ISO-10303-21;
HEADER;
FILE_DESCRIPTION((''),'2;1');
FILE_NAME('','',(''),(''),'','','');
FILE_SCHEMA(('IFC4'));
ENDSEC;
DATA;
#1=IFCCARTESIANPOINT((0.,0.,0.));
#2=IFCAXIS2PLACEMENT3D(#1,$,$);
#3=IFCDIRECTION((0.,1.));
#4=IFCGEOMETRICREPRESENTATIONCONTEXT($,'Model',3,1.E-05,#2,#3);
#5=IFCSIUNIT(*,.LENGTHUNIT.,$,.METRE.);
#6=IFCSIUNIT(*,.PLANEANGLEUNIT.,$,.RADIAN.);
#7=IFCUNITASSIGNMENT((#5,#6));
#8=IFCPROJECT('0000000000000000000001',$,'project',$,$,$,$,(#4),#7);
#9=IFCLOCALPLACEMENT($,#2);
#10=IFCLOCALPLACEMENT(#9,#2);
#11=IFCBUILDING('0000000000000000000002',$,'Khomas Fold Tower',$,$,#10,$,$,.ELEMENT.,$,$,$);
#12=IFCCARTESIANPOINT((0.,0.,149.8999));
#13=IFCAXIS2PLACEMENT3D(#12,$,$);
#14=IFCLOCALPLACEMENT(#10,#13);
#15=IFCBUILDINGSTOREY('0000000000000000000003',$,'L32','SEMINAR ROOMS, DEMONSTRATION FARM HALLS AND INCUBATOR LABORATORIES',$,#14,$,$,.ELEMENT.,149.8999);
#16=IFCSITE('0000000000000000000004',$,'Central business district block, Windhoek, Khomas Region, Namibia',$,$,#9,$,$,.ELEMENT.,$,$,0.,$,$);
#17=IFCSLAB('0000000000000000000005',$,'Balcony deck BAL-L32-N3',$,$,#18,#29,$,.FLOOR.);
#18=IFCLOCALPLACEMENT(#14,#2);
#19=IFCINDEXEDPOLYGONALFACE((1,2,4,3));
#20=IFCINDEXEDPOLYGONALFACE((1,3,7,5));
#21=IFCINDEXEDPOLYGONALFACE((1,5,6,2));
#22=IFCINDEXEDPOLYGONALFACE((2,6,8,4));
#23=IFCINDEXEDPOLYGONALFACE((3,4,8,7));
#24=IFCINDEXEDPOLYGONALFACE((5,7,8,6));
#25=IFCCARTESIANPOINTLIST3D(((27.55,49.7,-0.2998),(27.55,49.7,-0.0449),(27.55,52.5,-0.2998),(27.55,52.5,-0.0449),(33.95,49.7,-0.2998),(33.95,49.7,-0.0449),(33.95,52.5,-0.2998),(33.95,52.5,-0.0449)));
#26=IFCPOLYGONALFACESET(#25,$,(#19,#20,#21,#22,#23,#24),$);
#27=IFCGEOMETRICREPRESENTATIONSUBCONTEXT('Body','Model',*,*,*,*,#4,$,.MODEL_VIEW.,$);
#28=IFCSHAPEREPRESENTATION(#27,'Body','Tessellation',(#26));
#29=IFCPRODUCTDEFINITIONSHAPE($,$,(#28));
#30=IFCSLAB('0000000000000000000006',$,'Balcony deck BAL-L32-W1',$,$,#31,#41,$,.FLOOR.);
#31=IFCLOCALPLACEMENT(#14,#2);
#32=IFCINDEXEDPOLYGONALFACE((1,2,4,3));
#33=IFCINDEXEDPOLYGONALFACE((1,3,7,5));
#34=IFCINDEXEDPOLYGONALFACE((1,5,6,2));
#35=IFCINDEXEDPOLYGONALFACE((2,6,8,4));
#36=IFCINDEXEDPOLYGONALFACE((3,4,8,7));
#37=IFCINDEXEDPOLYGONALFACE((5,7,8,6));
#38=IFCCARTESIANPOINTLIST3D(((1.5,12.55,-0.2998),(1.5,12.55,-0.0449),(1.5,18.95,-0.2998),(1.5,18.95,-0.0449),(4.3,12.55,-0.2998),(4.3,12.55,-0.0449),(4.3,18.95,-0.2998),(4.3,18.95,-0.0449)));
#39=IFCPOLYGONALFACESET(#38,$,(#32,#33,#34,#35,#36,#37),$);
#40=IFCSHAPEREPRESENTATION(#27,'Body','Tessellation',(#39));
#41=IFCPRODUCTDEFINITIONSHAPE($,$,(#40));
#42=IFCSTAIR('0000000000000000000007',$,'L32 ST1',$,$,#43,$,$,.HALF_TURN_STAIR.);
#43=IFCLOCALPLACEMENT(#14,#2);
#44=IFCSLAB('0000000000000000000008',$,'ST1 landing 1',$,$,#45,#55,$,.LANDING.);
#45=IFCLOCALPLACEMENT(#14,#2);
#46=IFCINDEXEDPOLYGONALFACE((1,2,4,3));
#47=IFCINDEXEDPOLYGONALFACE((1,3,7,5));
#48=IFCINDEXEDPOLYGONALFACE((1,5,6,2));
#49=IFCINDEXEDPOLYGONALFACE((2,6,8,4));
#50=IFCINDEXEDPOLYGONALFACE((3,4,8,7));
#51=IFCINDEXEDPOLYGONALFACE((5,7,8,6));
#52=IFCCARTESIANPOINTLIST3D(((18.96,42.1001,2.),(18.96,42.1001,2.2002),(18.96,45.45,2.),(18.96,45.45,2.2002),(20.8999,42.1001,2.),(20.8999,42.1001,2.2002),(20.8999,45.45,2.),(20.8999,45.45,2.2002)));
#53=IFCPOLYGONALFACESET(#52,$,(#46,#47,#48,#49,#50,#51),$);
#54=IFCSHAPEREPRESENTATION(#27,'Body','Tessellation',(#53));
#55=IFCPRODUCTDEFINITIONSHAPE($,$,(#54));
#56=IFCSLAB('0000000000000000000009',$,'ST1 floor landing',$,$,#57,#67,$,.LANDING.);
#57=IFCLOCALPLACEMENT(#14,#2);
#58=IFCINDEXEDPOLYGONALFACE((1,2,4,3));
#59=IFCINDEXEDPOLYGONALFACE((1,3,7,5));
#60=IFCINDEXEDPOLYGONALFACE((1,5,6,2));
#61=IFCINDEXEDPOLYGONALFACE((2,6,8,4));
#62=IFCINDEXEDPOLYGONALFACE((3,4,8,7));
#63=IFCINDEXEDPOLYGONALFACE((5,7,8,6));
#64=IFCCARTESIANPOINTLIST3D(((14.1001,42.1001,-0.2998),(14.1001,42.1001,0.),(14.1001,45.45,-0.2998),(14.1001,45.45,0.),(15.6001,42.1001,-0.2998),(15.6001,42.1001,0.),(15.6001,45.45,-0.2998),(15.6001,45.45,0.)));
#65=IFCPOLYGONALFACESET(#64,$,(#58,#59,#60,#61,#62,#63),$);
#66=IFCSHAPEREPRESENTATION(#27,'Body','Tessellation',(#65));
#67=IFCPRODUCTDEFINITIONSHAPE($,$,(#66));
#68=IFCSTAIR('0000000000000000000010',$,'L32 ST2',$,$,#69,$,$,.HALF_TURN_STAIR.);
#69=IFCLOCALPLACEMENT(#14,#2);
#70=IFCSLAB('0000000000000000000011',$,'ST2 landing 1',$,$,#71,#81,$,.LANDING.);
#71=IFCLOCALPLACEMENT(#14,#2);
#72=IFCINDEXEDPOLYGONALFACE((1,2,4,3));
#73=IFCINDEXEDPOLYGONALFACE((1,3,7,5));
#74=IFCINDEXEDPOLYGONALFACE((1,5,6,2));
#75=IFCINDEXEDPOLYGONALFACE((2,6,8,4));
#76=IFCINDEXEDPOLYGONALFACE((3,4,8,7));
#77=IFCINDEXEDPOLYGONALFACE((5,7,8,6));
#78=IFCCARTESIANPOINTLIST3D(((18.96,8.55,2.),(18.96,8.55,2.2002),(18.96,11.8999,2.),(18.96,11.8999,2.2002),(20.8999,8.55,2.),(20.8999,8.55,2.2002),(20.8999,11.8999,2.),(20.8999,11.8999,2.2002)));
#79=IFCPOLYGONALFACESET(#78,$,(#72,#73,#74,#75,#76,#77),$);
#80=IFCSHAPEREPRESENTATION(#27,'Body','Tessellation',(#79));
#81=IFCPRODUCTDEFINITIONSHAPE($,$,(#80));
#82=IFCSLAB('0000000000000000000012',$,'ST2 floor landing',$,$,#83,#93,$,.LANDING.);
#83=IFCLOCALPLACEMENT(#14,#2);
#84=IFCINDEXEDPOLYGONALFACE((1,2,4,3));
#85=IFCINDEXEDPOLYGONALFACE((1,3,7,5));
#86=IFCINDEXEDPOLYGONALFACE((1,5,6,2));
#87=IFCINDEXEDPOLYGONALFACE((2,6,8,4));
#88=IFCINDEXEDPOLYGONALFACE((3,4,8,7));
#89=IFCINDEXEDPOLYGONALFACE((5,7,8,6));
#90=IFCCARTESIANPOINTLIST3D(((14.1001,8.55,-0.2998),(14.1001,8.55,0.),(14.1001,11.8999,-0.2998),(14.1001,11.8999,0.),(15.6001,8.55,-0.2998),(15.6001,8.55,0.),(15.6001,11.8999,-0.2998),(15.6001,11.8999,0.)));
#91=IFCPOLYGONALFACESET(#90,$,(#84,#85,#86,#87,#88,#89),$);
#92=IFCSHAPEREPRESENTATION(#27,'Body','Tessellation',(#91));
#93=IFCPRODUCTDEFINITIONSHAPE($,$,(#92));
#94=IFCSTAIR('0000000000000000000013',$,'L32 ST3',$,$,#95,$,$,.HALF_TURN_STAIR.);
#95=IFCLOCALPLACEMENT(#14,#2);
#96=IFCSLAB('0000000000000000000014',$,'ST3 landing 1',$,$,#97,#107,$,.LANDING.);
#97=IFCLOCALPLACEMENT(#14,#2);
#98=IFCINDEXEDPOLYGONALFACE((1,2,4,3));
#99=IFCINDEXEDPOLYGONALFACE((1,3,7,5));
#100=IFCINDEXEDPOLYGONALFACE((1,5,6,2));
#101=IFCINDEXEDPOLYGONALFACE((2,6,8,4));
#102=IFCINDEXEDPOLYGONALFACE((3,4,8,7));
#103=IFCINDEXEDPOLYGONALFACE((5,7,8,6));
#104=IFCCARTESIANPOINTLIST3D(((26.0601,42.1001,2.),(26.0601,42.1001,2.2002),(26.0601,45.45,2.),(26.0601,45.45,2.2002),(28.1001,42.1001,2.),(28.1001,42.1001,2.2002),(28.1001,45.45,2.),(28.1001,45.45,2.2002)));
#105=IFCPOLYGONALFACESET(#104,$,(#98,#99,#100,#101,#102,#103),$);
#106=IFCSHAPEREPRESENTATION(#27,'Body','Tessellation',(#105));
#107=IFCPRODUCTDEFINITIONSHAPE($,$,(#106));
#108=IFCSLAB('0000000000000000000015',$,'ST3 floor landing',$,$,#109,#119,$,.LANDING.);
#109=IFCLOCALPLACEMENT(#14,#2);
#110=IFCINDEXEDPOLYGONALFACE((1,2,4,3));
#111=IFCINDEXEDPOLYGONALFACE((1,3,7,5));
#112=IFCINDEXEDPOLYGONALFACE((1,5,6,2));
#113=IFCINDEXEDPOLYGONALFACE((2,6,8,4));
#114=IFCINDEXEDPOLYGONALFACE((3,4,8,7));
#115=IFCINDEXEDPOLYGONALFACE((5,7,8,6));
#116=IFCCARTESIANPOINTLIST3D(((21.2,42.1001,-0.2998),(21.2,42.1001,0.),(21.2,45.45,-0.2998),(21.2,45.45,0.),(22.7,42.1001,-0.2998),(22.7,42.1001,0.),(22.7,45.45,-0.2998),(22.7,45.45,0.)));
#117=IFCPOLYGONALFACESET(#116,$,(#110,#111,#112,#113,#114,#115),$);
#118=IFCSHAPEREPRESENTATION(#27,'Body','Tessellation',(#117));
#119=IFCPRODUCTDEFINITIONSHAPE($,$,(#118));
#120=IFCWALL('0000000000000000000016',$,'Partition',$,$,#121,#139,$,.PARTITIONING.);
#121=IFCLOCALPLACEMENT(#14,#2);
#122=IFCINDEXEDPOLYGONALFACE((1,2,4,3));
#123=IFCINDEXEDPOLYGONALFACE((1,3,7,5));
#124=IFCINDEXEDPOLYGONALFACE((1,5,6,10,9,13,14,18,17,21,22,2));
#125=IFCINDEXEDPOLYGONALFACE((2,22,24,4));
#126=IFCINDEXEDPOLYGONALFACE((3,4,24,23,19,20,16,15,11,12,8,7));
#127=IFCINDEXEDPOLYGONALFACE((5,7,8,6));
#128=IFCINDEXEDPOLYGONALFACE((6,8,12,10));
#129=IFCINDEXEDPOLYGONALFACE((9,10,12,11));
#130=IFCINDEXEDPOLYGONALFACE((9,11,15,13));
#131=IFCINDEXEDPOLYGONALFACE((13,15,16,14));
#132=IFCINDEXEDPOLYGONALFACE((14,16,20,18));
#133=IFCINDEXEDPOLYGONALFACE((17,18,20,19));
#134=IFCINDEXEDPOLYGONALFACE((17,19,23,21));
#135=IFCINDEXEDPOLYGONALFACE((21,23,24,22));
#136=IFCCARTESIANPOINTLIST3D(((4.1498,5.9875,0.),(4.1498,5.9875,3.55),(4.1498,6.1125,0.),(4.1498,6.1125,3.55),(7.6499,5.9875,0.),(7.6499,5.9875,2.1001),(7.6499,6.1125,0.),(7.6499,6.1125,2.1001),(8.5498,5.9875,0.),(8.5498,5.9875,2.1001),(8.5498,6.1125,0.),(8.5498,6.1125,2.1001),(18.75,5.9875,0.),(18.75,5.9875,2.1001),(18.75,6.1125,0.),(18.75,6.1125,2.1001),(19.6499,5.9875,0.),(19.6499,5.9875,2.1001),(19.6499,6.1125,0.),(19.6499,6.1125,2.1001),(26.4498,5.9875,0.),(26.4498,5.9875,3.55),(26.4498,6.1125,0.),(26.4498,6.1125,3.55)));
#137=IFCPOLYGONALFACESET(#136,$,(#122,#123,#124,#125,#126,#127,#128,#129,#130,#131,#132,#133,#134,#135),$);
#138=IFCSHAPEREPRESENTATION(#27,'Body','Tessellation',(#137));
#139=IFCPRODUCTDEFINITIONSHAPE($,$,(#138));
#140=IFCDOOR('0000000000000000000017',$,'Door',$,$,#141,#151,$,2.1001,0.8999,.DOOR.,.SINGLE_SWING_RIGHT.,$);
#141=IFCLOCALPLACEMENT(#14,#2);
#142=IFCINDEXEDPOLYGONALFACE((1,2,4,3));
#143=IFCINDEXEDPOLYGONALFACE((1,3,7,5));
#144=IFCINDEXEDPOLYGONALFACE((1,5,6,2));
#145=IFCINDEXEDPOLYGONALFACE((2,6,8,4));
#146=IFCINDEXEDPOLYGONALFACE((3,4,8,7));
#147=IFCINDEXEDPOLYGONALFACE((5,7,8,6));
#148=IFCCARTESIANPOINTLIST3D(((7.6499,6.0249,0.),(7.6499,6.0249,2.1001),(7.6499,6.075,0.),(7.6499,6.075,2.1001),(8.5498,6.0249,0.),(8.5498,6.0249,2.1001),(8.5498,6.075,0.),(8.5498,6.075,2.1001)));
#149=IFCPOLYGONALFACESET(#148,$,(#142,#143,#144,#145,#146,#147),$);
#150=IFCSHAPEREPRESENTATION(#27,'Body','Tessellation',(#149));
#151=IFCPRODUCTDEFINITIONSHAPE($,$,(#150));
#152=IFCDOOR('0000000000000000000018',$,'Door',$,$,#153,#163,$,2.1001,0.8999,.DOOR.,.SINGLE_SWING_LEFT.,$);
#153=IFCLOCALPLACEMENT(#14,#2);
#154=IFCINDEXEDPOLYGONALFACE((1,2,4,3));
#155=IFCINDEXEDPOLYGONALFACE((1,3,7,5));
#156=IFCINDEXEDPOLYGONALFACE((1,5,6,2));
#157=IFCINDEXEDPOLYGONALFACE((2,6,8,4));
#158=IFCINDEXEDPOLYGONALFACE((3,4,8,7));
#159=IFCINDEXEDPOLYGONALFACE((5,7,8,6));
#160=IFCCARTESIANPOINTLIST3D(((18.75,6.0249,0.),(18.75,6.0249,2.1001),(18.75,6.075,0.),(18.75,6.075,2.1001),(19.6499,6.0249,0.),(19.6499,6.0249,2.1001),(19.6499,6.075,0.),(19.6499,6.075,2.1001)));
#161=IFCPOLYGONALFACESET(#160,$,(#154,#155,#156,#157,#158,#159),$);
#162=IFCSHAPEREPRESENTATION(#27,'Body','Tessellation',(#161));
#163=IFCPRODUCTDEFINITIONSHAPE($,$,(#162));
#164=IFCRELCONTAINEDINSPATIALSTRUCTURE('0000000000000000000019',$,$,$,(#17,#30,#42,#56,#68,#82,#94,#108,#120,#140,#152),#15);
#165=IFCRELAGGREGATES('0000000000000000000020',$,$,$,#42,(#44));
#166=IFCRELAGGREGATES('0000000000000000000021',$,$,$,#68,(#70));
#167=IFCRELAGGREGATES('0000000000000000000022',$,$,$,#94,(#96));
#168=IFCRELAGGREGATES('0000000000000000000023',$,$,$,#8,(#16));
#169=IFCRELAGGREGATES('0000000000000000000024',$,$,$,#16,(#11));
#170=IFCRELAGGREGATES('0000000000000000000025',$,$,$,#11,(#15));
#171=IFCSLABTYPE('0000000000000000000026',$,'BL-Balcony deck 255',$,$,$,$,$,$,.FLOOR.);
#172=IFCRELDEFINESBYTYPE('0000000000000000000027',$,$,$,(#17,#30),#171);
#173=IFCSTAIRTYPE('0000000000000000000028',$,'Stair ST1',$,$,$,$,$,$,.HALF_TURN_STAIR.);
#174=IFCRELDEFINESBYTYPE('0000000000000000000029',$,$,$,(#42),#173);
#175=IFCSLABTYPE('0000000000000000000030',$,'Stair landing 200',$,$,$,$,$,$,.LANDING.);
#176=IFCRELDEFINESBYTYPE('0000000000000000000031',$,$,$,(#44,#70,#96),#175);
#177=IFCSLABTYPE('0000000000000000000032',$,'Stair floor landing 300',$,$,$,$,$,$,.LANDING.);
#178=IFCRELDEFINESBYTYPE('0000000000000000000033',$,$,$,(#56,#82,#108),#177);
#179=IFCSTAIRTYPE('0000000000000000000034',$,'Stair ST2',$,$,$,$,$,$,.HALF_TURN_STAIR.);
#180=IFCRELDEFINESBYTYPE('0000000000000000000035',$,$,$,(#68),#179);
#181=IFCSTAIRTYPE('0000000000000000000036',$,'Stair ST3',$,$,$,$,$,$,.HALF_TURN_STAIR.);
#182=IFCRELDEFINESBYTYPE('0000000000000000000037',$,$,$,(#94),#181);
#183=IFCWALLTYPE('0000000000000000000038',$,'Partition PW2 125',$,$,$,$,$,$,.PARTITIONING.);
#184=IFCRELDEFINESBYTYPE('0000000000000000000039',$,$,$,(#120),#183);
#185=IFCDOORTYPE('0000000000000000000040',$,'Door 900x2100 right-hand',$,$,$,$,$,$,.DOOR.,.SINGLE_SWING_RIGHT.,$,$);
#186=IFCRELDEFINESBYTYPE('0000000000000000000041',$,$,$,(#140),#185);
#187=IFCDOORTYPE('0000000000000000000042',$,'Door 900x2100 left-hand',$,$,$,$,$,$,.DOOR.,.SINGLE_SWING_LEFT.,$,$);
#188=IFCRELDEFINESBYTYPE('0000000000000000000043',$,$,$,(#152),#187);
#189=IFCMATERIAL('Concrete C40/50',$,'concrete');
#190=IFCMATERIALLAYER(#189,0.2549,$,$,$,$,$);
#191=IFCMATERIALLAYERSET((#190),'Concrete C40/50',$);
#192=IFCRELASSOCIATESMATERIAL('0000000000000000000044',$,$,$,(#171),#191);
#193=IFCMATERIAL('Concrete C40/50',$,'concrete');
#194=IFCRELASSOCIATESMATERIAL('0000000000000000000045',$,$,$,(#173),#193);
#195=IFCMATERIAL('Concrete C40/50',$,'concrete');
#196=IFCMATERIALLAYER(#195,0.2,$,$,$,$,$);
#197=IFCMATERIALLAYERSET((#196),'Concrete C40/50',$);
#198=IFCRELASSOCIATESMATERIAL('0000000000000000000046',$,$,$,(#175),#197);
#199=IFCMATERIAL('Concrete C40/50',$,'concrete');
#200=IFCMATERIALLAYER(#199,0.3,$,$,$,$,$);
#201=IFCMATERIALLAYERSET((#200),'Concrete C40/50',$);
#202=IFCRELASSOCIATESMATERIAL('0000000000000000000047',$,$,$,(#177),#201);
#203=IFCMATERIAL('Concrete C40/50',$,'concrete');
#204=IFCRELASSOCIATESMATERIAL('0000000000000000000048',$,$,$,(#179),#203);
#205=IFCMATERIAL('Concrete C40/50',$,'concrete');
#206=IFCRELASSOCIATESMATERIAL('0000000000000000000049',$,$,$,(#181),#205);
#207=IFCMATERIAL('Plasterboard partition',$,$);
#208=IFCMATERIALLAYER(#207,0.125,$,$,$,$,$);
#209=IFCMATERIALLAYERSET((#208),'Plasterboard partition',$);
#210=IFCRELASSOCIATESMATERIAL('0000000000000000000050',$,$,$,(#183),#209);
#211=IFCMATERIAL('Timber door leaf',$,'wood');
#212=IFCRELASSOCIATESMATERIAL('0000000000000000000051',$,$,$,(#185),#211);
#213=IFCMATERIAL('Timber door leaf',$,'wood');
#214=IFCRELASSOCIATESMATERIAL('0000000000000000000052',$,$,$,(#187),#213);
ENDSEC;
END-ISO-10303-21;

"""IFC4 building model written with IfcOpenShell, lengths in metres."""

from ifc_helpers import new_model, si_unit, direction, frame, frame_2d, origin, place, context, subcontext, project, spatial, polyline, rectangle, outline, extrude, source, transform, mapped, material, layer, layer_set, type_object, element, fill, aggregate, save


model = new_model("IFC4")

# Units and contexts
model_context = context("Model", 3, precision=1e-05, world=origin(), true_north=direction((0.0, 1.0)))
body_context = subcontext(model_context, "Body", "Model", "MODEL_VIEW")
ifc_project = project(units=[si_unit("LENGTHUNIT", "METRE"), si_unit("PLANEANGLEUNIT", "RADIAN")], contexts=[model_context])

# Site, building, storey
site_placement = place(None, origin())
site = spatial("IfcSite", under=ifc_project, at=site_placement, Name="Central business district block, Windhoek, Khomas Region, Namibia", CompositionType="ELEMENT", RefElevation=0.0)
building_placement = place(site_placement, origin())
building = spatial("IfcBuilding", under=site, at=building_placement, Name="Khomas Fold Tower", CompositionType="ELEMENT")
storey_placement = place(building_placement, frame((0.0, 0.0, 149.8999)))
storey = spatial("IfcBuildingStorey", under=building, at=storey_placement, Name="L32", Description="SEMINAR ROOMS, DEMONSTRATION FARM HALLS AND INCUBATOR LABORATORIES", CompositionType="ELEMENT", Elevation=149.8999)

# Slabs
ifc_material_1 = material(Name="Concrete C40/50", Category="concrete")
ifc_layer_1 = layer(ifc_material_1, 0.2549)
ifc_layer_set_1 = layer_set([ifc_layer_1], Name="Concrete C40/50")
slab_type_1 = type_object("IfcSlabType", Name="BL-Balcony deck 255", PredefinedType="FLOOR", material=ifc_layer_set_1)
shared_shape_1 = source(origin(), body_context, "Body", "SweptSolid", [
    extrude(outline(polyline([(27.55, 49.7), (33.95, 49.7), (33.95, 52.5), (27.55, 52.5), (27.55, 49.7)])), origin(), (0.0, 0.0, 1.0), 0.2549),
])
slab_1_placement = place(storey_placement, frame((0.0, 0.0, -0.2998)))
element("IfcSlab", 1, at=slab_1_placement, inside=storey, type_object=slab_type_1, Name="Balcony deck BAL-L32-N3", PredefinedType="FLOOR", context=body_context, shape_type="MappedRepresentation", body=[
    mapped(shared_shape_1, transform((0.0, 0.0, 0.0))),
])
shared_shape_2 = source(origin(), body_context, "Body", "SweptSolid", [
    extrude(outline(polyline([(1.5, 12.55), (4.3, 12.55), (4.3, 18.95), (1.5, 18.95), (1.5, 12.55)])), origin(), (0.0, 0.0, 1.0), 0.2549),
])
slab_2_placement = place(storey_placement, frame((0.0, 0.0, -0.2998)))
element("IfcSlab", 2, at=slab_2_placement, inside=storey, type_object=slab_type_1, Name="Balcony deck BAL-L32-W1", PredefinedType="FLOOR", context=body_context, shape_type="MappedRepresentation", body=[
    mapped(shared_shape_2, transform((0.0, 0.0, 0.0))),
])

# Stair, slab
ifc_material_2 = material(Name="Concrete C40/50", Category="concrete")
stair_type_1 = type_object("IfcStairType", Name="Stair ST1", PredefinedType="HALF_TURN_STAIR", material=ifc_material_2)
stair_1_placement = place(storey_placement, origin())
stair_1 = element("IfcStair", 3, at=stair_1_placement, inside=storey, type_object=stair_type_1, Name="L32 ST1", PredefinedType="HALF_TURN_STAIR")
ifc_material_3 = material(Name="Concrete C40/50", Category="concrete")
ifc_layer_2 = layer(ifc_material_3, 0.2)
ifc_layer_set_2 = layer_set([ifc_layer_2], Name="Concrete C40/50")
slab_type_2 = type_object("IfcSlabType", Name="Stair landing 200", PredefinedType="LANDING", material=ifc_layer_set_2)
shared_shape_3 = source(origin(), body_context, "Body", "SweptSolid", [
    extrude(outline(polyline([(18.96, 42.1001), (20.8999, 42.1001), (20.8999, 45.45), (18.96, 45.45), (18.96, 42.1001)])), origin(), (0.0, 0.0, 1.0), 0.2002),
])
slab_3_placement = place(storey_placement, frame((0.0, 0.0, 2.0)))
slab_3 = element("IfcSlab", 4, at=slab_3_placement, type_object=slab_type_2, Name="ST1 landing 1", PredefinedType="LANDING", context=body_context, shape_type="MappedRepresentation", body=[
    mapped(shared_shape_3, transform((0.0, 0.0, 0.0))),
])
aggregate(stair_1, [slab_3])

# Slab
ifc_material_4 = material(Name="Concrete C40/50", Category="concrete")
ifc_layer_3 = layer(ifc_material_4, 0.3)
ifc_layer_set_3 = layer_set([ifc_layer_3], Name="Concrete C40/50")
slab_type_3 = type_object("IfcSlabType", Name="Stair floor landing 300", PredefinedType="LANDING", material=ifc_layer_set_3)
shared_shape_4 = source(origin(), body_context, "Body", "SweptSolid", [
    extrude(outline(polyline([(15.6001, 42.1001), (14.1001, 42.1001), (14.1001, 45.45), (15.6001, 45.45), (15.6001, 42.1001)])), origin(), (0.0, 0.0, 1.0), 0.2998),
])
slab_4_placement = place(storey_placement, frame((0.0, 0.0, -0.2998)))
element("IfcSlab", 5, at=slab_4_placement, inside=storey, type_object=slab_type_3, Name="ST1 floor landing", PredefinedType="LANDING", context=body_context, shape_type="MappedRepresentation", body=[
    mapped(shared_shape_4, transform((0.0, 0.0, 0.0))),
])

# Stair, slab
ifc_material_5 = material(Name="Concrete C40/50", Category="concrete")
stair_type_2 = type_object("IfcStairType", Name="Stair ST2", PredefinedType="HALF_TURN_STAIR", material=ifc_material_5)
stair_2_placement = place(storey_placement, origin())
stair_2 = element("IfcStair", 6, at=stair_2_placement, inside=storey, type_object=stair_type_2, Name="L32 ST2", PredefinedType="HALF_TURN_STAIR")
shared_shape_5 = source(origin(), body_context, "Body", "SweptSolid", [
    extrude(outline(polyline([(18.96, 8.55), (20.8999, 8.55), (20.8999, 11.8999), (18.96, 11.8999), (18.96, 8.55)])), origin(), (0.0, 0.0, 1.0), 0.2002),
])
slab_5_placement = place(storey_placement, frame((0.0, 0.0, 2.0)))
slab_5 = element("IfcSlab", 7, at=slab_5_placement, type_object=slab_type_2, Name="ST2 landing 1", PredefinedType="LANDING", context=body_context, shape_type="MappedRepresentation", body=[
    mapped(shared_shape_5, transform((0.0, 0.0, 0.0))),
])
aggregate(stair_2, [slab_5])

# Slab
shared_shape_6 = source(origin(), body_context, "Body", "SweptSolid", [
    extrude(outline(polyline([(15.6001, 8.55), (14.1001, 8.55), (14.1001, 11.8999), (15.6001, 11.8999), (15.6001, 8.55)])), origin(), (0.0, 0.0, 1.0), 0.2998),
])
slab_6_placement = place(storey_placement, frame((0.0, 0.0, -0.2998)))
element("IfcSlab", 8, at=slab_6_placement, inside=storey, type_object=slab_type_3, Name="ST2 floor landing", PredefinedType="LANDING", context=body_context, shape_type="MappedRepresentation", body=[
    mapped(shared_shape_6, transform((0.0, 0.0, 0.0))),
])

# Stair, slab
ifc_material_6 = material(Name="Concrete C40/50", Category="concrete")
stair_type_3 = type_object("IfcStairType", Name="Stair ST3", PredefinedType="HALF_TURN_STAIR", material=ifc_material_6)
stair_3_placement = place(storey_placement, origin())
stair_3 = element("IfcStair", 9, at=stair_3_placement, inside=storey, type_object=stair_type_3, Name="L32 ST3", PredefinedType="HALF_TURN_STAIR")
shared_shape_7 = source(origin(), body_context, "Body", "SweptSolid", [
    extrude(outline(polyline([(26.0601, 42.1001), (28.1001, 42.1001), (28.1001, 45.45), (26.0601, 45.45), (26.0601, 42.1001)])), origin(), (0.0, 0.0, 1.0), 0.2002),
])
slab_7_placement = place(storey_placement, frame((0.0, 0.0, 2.0)))
slab_7 = element("IfcSlab", 10, at=slab_7_placement, type_object=slab_type_2, Name="ST3 landing 1", PredefinedType="LANDING", context=body_context, shape_type="MappedRepresentation", body=[
    mapped(shared_shape_7, transform((0.0, 0.0, 0.0))),
])
aggregate(stair_3, [slab_7])

# Slab
shared_shape_8 = source(origin(), body_context, "Body", "SweptSolid", [
    extrude(outline(polyline([(22.7, 42.1001), (21.2, 42.1001), (21.2, 45.45), (22.7, 45.45), (22.7, 42.1001)])), origin(), (0.0, 0.0, 1.0), 0.2998),
])
slab_8_placement = place(storey_placement, frame((0.0, 0.0, -0.2998)))
element("IfcSlab", 11, at=slab_8_placement, inside=storey, type_object=slab_type_3, Name="ST3 floor landing", PredefinedType="LANDING", context=body_context, shape_type="MappedRepresentation", body=[
    mapped(shared_shape_8, transform((0.0, 0.0, 0.0))),
])

# Wall, openings, doors
ifc_material_7 = material(Name="Plasterboard partition")
ifc_layer_4 = layer(ifc_material_7, 0.125)
ifc_layer_set_4 = layer_set([ifc_layer_4], Name="Plasterboard partition")
wall_type_1 = type_object("IfcWallType", Name="Partition PW2 125", PredefinedType="PARTITIONING", material=ifc_layer_set_4)
shared_shape_9 = source(origin(), body_context, "Body", "SweptSolid", [
    extrude(rectangle(XDim=22.3, YDim=0.125, at=frame_2d((11.1499, 0.0))), origin(), (0.0, 0.0, 1.0), 3.55),
])
wall_1_placement = place(storey_placement, frame((4.1499, 6.05, 0.0), z_axis=(0.0, 0.0, 1.0), x_axis=(1.0, 0.0, 0.0)))
wall_1 = element("IfcWall", 12, at=wall_1_placement, inside=storey, type_object=wall_type_1, Name="Partition", PredefinedType="PARTITIONING", context=body_context, shape_type="MappedRepresentation", body=[
    mapped(shared_shape_9, transform((0.0, 0.0, 0.0))),
])
shared_shape_10 = source(origin(), body_context, "Body", "SweptSolid", [
    extrude(rectangle(XDim=0.8999, YDim=2.1001, at=frame_2d((0.45, 1.05))), frame((0.0, 0.0725, 0.0), z_axis=(0.0, -1.0, 0.0), x_axis=(1.0, 0.0, 0.0)), (0.0, 0.0, 1.0), 0.145),
])
opening_1_placement = place(wall_1_placement, frame((3.5, 0.0, 0.0)))
opening_1 = element("IfcOpeningElement", 13, at=opening_1_placement, cuts=wall_1, PredefinedType="OPENING", context=body_context, shape_type="MappedRepresentation", body=[
    mapped(shared_shape_10, transform((0.0, 0.0, 0.0))),
])
opening_2_placement = place(wall_1_placement, frame((14.6001, 0.0, 0.0)))
opening_2 = element("IfcOpeningElement", 14, at=opening_2_placement, cuts=wall_1, PredefinedType="OPENING", context=body_context, shape_type="MappedRepresentation", body=[
    mapped(shared_shape_10, transform((0.0, 0.0, 0.0))),
])
ifc_material_8 = material(Name="Timber door leaf", Category="wood")
door_type_1 = type_object("IfcDoorType", Name="Door 900x2100 right-hand", OperationType="SINGLE_SWING_RIGHT", PredefinedType="DOOR", material=ifc_material_8)
shared_shape_11 = source(origin(), body_context, "Body", "SweptSolid", [
    extrude(rectangle(XDim=0.8999, YDim=2.1001, at=frame_2d((0.45, 1.05))), frame((0.0, 0.0249, 0.0), z_axis=(0.0, -1.0, 0.0), x_axis=(1.0, 0.0, 0.0)), (0.0, 0.0, 1.0), 0.05),
])
door_1_placement = place(opening_1_placement, origin())
door_1 = element("IfcDoor", 15, at=door_1_placement, inside=storey, type_object=door_type_1, Name="Door", OperationType="SINGLE_SWING_RIGHT", OverallHeight=2.1001, OverallWidth=0.8999, PredefinedType="DOOR", context=body_context, shape_type="MappedRepresentation", body=[
    mapped(shared_shape_11, transform((0.0, 0.0, 0.0))),
])
fill(opening_1, door_1)
ifc_material_9 = material(Name="Timber door leaf", Category="wood")
door_type_2 = type_object("IfcDoorType", Name="Door 900x2100 left-hand", OperationType="SINGLE_SWING_LEFT", PredefinedType="DOOR", material=ifc_material_9)
door_2_placement = place(opening_2_placement, origin())
door_2 = element("IfcDoor", 16, at=door_2_placement, inside=storey, type_object=door_type_2, Name="Door", OperationType="SINGLE_SWING_LEFT", OverallHeight=2.1001, OverallWidth=0.8999, PredefinedType="DOOR", context=body_context, shape_type="MappedRepresentation", body=[
    mapped(shared_shape_11, transform((0.0, 0.0, 0.0))),
])
fill(opening_2, door_2)

save(model, "model.ifc")
